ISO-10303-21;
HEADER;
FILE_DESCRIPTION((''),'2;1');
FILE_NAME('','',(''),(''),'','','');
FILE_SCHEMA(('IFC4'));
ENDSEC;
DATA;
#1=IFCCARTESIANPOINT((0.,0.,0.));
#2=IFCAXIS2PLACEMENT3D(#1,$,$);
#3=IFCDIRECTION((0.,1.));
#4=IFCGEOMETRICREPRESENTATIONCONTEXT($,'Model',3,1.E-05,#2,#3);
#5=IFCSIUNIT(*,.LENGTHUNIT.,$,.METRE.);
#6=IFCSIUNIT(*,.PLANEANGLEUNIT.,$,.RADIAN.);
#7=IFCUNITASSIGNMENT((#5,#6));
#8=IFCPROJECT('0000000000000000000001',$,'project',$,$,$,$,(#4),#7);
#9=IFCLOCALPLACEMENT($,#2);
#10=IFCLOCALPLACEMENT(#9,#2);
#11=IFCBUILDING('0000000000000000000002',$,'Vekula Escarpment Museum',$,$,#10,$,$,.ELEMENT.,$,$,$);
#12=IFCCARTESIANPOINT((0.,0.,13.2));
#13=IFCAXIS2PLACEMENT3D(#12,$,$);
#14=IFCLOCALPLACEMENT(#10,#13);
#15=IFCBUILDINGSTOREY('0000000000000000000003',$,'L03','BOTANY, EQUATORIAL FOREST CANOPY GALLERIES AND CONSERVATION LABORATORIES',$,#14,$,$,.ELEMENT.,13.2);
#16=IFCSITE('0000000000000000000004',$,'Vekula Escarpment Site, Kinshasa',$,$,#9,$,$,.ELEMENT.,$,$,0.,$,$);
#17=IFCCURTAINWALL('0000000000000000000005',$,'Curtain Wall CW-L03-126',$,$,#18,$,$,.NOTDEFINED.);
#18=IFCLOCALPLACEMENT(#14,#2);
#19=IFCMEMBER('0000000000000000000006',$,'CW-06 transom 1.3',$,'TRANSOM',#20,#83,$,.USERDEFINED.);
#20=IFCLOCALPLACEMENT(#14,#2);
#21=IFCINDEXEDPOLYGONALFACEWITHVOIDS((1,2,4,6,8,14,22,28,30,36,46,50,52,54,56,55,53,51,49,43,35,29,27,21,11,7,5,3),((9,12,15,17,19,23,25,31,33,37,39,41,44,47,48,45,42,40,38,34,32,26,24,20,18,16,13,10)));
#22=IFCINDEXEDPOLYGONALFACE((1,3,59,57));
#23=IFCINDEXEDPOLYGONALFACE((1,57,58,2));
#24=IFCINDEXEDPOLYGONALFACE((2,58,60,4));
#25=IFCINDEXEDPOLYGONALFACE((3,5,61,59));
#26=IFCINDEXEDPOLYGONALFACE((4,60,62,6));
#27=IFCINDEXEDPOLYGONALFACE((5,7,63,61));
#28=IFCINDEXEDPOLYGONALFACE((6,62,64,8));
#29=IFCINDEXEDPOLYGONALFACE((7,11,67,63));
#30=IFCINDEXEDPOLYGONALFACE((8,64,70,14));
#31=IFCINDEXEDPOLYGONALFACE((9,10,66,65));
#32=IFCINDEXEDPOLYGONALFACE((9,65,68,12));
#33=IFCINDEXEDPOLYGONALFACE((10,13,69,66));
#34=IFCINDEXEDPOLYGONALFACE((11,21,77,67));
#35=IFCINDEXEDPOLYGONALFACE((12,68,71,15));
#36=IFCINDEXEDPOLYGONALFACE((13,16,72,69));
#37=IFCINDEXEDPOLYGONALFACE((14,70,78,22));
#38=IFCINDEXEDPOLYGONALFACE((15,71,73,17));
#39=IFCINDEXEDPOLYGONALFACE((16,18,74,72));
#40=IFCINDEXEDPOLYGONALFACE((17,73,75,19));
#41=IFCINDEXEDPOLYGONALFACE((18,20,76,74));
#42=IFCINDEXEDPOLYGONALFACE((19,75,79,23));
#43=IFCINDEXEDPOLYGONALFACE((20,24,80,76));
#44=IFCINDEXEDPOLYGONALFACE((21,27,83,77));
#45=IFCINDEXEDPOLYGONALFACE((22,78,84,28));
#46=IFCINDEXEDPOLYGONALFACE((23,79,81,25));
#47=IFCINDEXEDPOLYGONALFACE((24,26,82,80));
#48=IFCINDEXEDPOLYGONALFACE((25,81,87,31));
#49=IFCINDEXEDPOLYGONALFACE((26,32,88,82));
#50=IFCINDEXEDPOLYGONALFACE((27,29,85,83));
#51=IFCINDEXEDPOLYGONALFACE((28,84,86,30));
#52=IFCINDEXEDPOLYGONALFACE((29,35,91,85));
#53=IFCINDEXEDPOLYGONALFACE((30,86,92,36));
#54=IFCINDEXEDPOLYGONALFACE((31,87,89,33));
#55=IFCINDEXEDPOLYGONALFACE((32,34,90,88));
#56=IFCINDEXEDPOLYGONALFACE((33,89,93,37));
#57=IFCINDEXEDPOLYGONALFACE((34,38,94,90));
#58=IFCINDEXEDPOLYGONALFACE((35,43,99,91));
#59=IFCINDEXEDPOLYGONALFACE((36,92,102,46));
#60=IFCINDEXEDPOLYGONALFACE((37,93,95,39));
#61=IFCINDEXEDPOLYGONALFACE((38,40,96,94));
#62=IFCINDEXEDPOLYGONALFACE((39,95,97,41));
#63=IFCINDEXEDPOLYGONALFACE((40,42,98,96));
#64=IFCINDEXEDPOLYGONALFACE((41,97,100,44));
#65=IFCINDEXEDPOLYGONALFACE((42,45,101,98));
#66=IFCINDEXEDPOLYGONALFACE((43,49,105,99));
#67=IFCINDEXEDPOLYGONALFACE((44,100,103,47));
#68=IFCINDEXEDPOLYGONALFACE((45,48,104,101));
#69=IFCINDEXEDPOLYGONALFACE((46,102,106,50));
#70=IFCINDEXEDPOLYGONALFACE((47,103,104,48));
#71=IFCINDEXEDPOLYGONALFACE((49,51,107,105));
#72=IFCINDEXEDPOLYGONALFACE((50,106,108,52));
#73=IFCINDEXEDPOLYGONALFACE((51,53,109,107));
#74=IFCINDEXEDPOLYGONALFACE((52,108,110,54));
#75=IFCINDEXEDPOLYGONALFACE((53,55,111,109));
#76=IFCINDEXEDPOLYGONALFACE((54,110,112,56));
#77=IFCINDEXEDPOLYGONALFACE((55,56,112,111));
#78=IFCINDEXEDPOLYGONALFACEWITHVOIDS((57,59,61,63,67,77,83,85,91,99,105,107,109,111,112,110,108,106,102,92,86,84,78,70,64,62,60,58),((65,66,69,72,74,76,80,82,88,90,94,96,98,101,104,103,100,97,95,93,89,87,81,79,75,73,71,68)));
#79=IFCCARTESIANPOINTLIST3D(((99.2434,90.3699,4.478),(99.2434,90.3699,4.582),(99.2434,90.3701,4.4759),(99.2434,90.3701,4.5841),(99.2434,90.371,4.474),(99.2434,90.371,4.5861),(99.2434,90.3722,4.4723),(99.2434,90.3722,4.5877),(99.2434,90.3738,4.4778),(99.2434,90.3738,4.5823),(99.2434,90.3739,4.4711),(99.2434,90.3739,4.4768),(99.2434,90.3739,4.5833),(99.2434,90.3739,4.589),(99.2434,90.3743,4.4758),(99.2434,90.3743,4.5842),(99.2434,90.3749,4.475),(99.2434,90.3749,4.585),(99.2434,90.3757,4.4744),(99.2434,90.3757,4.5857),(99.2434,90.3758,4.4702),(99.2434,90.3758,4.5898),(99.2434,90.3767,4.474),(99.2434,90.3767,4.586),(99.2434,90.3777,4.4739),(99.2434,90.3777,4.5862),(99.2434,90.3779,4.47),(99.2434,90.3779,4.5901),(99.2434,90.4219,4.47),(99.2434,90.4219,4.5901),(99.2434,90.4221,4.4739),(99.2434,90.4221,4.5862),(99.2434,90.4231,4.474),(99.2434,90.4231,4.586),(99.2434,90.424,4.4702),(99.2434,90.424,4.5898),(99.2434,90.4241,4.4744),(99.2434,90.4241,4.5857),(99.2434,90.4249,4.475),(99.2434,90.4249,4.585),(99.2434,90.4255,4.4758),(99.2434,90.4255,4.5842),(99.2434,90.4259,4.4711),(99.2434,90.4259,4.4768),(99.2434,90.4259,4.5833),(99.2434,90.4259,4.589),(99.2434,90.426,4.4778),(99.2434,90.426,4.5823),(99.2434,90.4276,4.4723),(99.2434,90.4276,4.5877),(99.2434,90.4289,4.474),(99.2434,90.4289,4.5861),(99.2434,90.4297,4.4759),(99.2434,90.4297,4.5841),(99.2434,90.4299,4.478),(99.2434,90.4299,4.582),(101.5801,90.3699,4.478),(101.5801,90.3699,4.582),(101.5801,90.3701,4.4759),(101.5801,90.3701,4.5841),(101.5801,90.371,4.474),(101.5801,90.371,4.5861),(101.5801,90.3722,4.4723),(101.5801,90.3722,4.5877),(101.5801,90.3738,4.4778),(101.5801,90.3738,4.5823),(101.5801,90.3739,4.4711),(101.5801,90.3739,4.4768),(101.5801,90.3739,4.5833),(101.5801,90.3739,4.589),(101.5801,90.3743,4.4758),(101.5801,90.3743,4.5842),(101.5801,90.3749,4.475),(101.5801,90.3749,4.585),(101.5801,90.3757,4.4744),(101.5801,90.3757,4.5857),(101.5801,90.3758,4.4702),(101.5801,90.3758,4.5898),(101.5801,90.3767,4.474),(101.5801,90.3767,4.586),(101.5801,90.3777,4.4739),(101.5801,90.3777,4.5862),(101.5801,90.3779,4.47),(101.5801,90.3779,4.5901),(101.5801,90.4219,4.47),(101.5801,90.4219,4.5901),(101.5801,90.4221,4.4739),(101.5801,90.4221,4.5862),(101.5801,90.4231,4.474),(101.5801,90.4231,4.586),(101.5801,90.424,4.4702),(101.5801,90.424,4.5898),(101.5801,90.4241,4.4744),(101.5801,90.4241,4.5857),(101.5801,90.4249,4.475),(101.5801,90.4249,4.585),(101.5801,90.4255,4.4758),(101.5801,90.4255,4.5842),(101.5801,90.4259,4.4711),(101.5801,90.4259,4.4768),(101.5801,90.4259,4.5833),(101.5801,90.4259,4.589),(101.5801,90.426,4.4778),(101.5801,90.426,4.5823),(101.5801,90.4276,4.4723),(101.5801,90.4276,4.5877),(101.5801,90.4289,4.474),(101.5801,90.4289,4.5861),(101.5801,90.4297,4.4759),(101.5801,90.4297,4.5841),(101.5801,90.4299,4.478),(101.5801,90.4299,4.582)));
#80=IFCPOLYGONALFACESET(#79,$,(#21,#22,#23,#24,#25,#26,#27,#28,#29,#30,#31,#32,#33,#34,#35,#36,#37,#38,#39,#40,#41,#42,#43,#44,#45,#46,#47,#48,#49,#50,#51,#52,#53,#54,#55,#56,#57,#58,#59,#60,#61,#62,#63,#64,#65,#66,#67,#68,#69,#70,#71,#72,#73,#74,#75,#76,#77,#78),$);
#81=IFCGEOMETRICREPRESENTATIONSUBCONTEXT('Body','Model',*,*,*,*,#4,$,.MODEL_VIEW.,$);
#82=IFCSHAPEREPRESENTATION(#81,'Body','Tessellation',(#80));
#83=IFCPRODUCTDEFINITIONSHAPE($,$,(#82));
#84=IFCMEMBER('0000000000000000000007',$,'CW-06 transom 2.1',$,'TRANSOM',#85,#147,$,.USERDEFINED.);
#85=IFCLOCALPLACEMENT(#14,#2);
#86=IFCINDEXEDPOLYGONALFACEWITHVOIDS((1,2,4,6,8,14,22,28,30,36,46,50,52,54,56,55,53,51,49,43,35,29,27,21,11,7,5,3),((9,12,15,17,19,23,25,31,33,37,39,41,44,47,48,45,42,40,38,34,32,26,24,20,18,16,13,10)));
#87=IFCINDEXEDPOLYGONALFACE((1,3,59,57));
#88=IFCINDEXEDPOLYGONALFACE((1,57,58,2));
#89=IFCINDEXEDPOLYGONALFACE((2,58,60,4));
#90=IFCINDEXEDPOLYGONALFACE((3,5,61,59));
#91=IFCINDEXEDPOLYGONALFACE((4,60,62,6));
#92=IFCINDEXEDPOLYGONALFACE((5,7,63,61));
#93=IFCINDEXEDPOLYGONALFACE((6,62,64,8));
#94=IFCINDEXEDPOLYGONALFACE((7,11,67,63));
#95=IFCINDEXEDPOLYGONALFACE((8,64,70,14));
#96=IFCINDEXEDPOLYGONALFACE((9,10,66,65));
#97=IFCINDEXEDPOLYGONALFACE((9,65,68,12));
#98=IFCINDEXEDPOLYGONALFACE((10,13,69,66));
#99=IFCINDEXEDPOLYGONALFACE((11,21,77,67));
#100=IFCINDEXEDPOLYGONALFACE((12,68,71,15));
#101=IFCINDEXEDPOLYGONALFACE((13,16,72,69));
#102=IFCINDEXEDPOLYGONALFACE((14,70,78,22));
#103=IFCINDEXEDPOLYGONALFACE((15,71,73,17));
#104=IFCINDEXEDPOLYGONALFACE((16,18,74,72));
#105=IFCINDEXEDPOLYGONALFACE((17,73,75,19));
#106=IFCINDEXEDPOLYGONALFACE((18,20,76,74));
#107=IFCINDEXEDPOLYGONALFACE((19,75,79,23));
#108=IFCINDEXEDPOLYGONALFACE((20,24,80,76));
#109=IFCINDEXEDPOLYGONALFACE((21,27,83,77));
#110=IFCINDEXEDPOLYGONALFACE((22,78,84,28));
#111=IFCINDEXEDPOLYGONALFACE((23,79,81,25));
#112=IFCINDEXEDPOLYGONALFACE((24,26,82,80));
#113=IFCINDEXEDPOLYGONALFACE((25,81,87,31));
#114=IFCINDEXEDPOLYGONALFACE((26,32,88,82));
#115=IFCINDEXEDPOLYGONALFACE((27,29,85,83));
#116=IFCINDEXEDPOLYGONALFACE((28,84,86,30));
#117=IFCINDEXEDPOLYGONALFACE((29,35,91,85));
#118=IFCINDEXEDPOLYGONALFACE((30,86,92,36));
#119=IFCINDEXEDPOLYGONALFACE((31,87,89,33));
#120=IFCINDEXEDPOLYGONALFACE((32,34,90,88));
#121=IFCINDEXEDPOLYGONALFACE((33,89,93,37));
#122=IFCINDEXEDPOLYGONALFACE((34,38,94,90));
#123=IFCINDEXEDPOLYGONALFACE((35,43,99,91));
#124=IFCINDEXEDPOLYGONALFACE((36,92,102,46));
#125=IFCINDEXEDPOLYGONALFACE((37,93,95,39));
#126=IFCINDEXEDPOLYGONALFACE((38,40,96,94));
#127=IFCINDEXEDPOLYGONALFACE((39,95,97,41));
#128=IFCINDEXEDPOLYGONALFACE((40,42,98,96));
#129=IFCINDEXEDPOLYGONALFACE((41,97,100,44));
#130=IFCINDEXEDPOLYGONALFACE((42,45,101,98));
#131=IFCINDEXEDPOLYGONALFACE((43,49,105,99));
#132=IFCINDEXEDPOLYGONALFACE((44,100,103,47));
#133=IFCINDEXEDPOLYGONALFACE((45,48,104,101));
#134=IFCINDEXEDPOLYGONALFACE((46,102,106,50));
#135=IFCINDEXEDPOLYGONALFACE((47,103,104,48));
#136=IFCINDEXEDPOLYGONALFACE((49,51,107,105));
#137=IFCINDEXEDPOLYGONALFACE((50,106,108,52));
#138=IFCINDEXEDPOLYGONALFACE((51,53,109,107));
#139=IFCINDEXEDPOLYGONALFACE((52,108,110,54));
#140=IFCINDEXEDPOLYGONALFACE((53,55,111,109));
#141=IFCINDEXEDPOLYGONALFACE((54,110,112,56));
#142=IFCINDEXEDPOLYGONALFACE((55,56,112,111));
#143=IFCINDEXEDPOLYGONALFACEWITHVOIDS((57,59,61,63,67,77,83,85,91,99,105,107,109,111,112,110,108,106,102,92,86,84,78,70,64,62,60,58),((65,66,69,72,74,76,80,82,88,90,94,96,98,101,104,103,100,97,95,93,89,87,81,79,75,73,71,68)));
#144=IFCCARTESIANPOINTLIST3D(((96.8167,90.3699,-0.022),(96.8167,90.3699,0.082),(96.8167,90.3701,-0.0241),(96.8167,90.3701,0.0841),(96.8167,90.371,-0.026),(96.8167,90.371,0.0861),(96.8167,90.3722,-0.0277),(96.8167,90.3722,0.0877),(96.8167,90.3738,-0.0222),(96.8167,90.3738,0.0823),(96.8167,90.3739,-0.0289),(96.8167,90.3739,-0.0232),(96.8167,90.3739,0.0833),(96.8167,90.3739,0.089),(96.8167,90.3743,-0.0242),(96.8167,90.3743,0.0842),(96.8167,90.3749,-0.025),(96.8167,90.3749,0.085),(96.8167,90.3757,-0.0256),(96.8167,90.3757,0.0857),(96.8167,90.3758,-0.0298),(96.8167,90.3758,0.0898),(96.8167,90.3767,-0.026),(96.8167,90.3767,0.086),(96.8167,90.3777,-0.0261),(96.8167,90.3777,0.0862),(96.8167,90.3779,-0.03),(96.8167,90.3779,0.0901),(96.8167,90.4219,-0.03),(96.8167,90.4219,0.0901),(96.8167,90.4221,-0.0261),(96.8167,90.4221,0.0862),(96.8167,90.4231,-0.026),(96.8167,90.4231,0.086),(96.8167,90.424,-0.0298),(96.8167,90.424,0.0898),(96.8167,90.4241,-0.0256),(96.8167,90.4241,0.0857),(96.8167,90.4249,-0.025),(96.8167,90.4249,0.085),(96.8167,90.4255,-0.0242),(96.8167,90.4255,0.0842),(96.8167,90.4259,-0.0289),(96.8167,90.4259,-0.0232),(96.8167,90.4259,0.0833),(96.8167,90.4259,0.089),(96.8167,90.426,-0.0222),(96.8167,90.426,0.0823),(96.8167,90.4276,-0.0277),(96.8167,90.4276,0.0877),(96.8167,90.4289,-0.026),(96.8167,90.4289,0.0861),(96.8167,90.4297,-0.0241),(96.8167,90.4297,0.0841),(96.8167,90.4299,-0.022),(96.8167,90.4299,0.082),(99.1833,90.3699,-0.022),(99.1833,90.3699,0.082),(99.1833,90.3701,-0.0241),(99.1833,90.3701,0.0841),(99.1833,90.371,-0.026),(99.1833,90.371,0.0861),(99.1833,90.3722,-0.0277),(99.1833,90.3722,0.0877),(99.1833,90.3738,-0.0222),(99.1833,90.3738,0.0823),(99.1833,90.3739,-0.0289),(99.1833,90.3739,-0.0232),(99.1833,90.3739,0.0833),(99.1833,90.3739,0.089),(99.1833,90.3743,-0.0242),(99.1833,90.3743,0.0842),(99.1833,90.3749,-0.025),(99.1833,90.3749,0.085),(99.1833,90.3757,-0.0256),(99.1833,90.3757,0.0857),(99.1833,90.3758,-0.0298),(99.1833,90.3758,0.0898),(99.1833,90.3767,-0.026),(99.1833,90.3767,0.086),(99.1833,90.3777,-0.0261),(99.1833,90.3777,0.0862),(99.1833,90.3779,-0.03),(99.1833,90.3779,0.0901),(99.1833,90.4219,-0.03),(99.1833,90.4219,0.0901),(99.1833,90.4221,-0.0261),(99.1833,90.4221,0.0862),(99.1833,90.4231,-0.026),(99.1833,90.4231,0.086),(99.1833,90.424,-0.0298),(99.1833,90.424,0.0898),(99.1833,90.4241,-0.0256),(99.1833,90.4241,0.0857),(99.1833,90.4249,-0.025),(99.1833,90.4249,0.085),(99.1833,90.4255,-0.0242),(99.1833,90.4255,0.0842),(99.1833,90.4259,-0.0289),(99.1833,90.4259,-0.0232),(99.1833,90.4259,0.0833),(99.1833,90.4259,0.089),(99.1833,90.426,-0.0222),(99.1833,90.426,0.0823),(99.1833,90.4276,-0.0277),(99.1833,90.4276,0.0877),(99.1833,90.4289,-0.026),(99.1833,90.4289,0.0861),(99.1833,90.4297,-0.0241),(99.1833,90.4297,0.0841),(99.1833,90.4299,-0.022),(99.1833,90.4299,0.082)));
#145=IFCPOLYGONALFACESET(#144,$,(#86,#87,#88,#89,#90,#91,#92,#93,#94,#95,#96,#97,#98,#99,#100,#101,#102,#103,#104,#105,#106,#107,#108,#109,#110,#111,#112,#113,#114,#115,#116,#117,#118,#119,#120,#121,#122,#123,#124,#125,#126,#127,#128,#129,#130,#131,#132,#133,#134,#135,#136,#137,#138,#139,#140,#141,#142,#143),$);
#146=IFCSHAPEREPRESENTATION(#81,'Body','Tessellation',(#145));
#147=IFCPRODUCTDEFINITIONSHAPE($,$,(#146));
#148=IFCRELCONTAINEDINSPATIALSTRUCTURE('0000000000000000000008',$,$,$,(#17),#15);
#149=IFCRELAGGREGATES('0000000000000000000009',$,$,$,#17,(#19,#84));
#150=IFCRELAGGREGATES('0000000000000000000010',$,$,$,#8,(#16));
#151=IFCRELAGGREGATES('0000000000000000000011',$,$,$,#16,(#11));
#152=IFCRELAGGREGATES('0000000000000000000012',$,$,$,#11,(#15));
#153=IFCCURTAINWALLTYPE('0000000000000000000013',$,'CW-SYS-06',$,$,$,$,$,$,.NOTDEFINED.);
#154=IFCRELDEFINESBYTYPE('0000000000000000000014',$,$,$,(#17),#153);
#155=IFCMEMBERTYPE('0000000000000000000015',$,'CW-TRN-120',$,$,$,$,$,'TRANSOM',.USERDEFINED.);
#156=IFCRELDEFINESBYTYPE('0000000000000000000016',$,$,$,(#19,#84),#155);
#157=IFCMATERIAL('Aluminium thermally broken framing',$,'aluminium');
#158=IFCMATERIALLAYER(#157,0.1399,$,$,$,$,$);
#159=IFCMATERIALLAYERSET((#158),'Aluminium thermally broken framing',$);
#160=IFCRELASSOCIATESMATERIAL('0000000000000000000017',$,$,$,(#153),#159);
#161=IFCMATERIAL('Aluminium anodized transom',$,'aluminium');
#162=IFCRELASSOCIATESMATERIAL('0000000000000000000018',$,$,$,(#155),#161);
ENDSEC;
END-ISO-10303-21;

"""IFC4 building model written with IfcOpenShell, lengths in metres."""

from ifc_helpers import new_model, si_unit, direction, frame, origin, origin_2d, place, context, subcontext, project, spatial, hollow_rectangle, extrude, material, layer, layer_set, material_profile, profile_set, type_object, element, aggregate, save


model = new_model("IFC4")

# Units and contexts
model_context = context("Model", 3, precision=1e-05, world=origin(), true_north=direction((0.0, 1.0)))
body_context = subcontext(model_context, "Body", "Model", "MODEL_VIEW")
ifc_project = project(units=[si_unit("LENGTHUNIT", "METRE"), si_unit("PLANEANGLEUNIT", "RADIAN")], contexts=[model_context])

# Site, building, storey
site_placement = place(None, origin())
site = spatial("IfcSite", under=ifc_project, at=site_placement, Name="Vekula Escarpment Site, Kinshasa", CompositionType="ELEMENT", RefElevation=0.0)
building_placement = place(site_placement, origin())
building = spatial("IfcBuilding", under=site, at=building_placement, Name="Vekula Escarpment Museum", CompositionType="ELEMENT")
storey_placement = place(building_placement, frame((0.0, 0.0, 13.2)))
storey = spatial("IfcBuildingStorey", under=building, at=storey_placement, Name="L03", Description="BOTANY, EQUATORIAL FOREST CANOPY GALLERIES AND CONSERVATION LABORATORIES", CompositionType="ELEMENT", Elevation=13.2)

# Curtain wall
ifc_material_1 = material(Name="Aluminium thermally broken framing", Category="aluminium")
ifc_layer_1 = layer(ifc_material_1, 0.1399)
ifc_layer_set_1 = layer_set([ifc_layer_1], Name="Aluminium thermally broken framing")
curtain_wall_type_1 = type_object("IfcCurtainWallType", Name="CW-SYS-06", PredefinedType="NOTDEFINED", material=ifc_layer_set_1)
curtain_wall_1_placement = place(storey_placement, origin())
curtain_wall_1 = element("IfcCurtainWall", 1, at=curtain_wall_1_placement, inside=storey, type_object=curtain_wall_type_1, Name="Curtain Wall CW-L03-126", PredefinedType="NOTDEFINED")

# Members
ifc_material_2 = material(Name="Aluminium anodized transom", Category="aluminium")
ifc_material_profile_1 = material_profile(ifc_material_2, hollow_rectangle(XDim=0.0601, YDim=0.1201, WallThickness=0.0039, InnerFilletRadius=0.0039, OuterFilletRadius=0.0081, at=origin_2d()), Name="ALU 120x60x4")
ifc_profile_set_1 = profile_set([ifc_material_profile_1], Name="Aluminium anodized transom")
member_type_1 = type_object("IfcMemberType", Name="CW-TRN-120", ElementType="TRANSOM", PredefinedType="USERDEFINED", material=ifc_profile_set_1)
member_1_placement = place(storey_placement, frame((101.5801, 90.3999, 4.53), z_axis=(-1.0, 0.0, 0.0), x_axis=(0.0, -1.0, 0.0)))
member_1 = element("IfcMember", 2, at=member_1_placement, type_object=member_type_1, Name="CW-06 transom 1.3", ObjectType="TRANSOM", PredefinedType="USERDEFINED", context=body_context, shape_type="SweptSolid", body=[
    extrude(hollow_rectangle(XDim=0.0601, YDim=0.1201, WallThickness=0.0039, InnerFilletRadius=0.0039, OuterFilletRadius=0.0081, at=origin_2d()), origin(), (0.0, 0.0, 1.0), 2.3367),
])
member_2_placement = place(storey_placement, frame((99.1833, 90.3999, 0.03), z_axis=(-1.0, 0.0, 0.0), x_axis=(0.0, -1.0, 0.0)))
member_2 = element("IfcMember", 3, at=member_2_placement, type_object=member_type_1, Name="CW-06 transom 2.1", ObjectType="TRANSOM", PredefinedType="USERDEFINED", context=body_context, shape_type="SweptSolid", body=[
    extrude(hollow_rectangle(XDim=0.0601, YDim=0.1201, WallThickness=0.0039, InnerFilletRadius=0.0039, OuterFilletRadius=0.0081, at=origin_2d()), origin(), (0.0, 0.0, 1.0), 2.3667),
])

aggregate(curtain_wall_1, [member_1, member_2])

save(model, "model.ifc")
